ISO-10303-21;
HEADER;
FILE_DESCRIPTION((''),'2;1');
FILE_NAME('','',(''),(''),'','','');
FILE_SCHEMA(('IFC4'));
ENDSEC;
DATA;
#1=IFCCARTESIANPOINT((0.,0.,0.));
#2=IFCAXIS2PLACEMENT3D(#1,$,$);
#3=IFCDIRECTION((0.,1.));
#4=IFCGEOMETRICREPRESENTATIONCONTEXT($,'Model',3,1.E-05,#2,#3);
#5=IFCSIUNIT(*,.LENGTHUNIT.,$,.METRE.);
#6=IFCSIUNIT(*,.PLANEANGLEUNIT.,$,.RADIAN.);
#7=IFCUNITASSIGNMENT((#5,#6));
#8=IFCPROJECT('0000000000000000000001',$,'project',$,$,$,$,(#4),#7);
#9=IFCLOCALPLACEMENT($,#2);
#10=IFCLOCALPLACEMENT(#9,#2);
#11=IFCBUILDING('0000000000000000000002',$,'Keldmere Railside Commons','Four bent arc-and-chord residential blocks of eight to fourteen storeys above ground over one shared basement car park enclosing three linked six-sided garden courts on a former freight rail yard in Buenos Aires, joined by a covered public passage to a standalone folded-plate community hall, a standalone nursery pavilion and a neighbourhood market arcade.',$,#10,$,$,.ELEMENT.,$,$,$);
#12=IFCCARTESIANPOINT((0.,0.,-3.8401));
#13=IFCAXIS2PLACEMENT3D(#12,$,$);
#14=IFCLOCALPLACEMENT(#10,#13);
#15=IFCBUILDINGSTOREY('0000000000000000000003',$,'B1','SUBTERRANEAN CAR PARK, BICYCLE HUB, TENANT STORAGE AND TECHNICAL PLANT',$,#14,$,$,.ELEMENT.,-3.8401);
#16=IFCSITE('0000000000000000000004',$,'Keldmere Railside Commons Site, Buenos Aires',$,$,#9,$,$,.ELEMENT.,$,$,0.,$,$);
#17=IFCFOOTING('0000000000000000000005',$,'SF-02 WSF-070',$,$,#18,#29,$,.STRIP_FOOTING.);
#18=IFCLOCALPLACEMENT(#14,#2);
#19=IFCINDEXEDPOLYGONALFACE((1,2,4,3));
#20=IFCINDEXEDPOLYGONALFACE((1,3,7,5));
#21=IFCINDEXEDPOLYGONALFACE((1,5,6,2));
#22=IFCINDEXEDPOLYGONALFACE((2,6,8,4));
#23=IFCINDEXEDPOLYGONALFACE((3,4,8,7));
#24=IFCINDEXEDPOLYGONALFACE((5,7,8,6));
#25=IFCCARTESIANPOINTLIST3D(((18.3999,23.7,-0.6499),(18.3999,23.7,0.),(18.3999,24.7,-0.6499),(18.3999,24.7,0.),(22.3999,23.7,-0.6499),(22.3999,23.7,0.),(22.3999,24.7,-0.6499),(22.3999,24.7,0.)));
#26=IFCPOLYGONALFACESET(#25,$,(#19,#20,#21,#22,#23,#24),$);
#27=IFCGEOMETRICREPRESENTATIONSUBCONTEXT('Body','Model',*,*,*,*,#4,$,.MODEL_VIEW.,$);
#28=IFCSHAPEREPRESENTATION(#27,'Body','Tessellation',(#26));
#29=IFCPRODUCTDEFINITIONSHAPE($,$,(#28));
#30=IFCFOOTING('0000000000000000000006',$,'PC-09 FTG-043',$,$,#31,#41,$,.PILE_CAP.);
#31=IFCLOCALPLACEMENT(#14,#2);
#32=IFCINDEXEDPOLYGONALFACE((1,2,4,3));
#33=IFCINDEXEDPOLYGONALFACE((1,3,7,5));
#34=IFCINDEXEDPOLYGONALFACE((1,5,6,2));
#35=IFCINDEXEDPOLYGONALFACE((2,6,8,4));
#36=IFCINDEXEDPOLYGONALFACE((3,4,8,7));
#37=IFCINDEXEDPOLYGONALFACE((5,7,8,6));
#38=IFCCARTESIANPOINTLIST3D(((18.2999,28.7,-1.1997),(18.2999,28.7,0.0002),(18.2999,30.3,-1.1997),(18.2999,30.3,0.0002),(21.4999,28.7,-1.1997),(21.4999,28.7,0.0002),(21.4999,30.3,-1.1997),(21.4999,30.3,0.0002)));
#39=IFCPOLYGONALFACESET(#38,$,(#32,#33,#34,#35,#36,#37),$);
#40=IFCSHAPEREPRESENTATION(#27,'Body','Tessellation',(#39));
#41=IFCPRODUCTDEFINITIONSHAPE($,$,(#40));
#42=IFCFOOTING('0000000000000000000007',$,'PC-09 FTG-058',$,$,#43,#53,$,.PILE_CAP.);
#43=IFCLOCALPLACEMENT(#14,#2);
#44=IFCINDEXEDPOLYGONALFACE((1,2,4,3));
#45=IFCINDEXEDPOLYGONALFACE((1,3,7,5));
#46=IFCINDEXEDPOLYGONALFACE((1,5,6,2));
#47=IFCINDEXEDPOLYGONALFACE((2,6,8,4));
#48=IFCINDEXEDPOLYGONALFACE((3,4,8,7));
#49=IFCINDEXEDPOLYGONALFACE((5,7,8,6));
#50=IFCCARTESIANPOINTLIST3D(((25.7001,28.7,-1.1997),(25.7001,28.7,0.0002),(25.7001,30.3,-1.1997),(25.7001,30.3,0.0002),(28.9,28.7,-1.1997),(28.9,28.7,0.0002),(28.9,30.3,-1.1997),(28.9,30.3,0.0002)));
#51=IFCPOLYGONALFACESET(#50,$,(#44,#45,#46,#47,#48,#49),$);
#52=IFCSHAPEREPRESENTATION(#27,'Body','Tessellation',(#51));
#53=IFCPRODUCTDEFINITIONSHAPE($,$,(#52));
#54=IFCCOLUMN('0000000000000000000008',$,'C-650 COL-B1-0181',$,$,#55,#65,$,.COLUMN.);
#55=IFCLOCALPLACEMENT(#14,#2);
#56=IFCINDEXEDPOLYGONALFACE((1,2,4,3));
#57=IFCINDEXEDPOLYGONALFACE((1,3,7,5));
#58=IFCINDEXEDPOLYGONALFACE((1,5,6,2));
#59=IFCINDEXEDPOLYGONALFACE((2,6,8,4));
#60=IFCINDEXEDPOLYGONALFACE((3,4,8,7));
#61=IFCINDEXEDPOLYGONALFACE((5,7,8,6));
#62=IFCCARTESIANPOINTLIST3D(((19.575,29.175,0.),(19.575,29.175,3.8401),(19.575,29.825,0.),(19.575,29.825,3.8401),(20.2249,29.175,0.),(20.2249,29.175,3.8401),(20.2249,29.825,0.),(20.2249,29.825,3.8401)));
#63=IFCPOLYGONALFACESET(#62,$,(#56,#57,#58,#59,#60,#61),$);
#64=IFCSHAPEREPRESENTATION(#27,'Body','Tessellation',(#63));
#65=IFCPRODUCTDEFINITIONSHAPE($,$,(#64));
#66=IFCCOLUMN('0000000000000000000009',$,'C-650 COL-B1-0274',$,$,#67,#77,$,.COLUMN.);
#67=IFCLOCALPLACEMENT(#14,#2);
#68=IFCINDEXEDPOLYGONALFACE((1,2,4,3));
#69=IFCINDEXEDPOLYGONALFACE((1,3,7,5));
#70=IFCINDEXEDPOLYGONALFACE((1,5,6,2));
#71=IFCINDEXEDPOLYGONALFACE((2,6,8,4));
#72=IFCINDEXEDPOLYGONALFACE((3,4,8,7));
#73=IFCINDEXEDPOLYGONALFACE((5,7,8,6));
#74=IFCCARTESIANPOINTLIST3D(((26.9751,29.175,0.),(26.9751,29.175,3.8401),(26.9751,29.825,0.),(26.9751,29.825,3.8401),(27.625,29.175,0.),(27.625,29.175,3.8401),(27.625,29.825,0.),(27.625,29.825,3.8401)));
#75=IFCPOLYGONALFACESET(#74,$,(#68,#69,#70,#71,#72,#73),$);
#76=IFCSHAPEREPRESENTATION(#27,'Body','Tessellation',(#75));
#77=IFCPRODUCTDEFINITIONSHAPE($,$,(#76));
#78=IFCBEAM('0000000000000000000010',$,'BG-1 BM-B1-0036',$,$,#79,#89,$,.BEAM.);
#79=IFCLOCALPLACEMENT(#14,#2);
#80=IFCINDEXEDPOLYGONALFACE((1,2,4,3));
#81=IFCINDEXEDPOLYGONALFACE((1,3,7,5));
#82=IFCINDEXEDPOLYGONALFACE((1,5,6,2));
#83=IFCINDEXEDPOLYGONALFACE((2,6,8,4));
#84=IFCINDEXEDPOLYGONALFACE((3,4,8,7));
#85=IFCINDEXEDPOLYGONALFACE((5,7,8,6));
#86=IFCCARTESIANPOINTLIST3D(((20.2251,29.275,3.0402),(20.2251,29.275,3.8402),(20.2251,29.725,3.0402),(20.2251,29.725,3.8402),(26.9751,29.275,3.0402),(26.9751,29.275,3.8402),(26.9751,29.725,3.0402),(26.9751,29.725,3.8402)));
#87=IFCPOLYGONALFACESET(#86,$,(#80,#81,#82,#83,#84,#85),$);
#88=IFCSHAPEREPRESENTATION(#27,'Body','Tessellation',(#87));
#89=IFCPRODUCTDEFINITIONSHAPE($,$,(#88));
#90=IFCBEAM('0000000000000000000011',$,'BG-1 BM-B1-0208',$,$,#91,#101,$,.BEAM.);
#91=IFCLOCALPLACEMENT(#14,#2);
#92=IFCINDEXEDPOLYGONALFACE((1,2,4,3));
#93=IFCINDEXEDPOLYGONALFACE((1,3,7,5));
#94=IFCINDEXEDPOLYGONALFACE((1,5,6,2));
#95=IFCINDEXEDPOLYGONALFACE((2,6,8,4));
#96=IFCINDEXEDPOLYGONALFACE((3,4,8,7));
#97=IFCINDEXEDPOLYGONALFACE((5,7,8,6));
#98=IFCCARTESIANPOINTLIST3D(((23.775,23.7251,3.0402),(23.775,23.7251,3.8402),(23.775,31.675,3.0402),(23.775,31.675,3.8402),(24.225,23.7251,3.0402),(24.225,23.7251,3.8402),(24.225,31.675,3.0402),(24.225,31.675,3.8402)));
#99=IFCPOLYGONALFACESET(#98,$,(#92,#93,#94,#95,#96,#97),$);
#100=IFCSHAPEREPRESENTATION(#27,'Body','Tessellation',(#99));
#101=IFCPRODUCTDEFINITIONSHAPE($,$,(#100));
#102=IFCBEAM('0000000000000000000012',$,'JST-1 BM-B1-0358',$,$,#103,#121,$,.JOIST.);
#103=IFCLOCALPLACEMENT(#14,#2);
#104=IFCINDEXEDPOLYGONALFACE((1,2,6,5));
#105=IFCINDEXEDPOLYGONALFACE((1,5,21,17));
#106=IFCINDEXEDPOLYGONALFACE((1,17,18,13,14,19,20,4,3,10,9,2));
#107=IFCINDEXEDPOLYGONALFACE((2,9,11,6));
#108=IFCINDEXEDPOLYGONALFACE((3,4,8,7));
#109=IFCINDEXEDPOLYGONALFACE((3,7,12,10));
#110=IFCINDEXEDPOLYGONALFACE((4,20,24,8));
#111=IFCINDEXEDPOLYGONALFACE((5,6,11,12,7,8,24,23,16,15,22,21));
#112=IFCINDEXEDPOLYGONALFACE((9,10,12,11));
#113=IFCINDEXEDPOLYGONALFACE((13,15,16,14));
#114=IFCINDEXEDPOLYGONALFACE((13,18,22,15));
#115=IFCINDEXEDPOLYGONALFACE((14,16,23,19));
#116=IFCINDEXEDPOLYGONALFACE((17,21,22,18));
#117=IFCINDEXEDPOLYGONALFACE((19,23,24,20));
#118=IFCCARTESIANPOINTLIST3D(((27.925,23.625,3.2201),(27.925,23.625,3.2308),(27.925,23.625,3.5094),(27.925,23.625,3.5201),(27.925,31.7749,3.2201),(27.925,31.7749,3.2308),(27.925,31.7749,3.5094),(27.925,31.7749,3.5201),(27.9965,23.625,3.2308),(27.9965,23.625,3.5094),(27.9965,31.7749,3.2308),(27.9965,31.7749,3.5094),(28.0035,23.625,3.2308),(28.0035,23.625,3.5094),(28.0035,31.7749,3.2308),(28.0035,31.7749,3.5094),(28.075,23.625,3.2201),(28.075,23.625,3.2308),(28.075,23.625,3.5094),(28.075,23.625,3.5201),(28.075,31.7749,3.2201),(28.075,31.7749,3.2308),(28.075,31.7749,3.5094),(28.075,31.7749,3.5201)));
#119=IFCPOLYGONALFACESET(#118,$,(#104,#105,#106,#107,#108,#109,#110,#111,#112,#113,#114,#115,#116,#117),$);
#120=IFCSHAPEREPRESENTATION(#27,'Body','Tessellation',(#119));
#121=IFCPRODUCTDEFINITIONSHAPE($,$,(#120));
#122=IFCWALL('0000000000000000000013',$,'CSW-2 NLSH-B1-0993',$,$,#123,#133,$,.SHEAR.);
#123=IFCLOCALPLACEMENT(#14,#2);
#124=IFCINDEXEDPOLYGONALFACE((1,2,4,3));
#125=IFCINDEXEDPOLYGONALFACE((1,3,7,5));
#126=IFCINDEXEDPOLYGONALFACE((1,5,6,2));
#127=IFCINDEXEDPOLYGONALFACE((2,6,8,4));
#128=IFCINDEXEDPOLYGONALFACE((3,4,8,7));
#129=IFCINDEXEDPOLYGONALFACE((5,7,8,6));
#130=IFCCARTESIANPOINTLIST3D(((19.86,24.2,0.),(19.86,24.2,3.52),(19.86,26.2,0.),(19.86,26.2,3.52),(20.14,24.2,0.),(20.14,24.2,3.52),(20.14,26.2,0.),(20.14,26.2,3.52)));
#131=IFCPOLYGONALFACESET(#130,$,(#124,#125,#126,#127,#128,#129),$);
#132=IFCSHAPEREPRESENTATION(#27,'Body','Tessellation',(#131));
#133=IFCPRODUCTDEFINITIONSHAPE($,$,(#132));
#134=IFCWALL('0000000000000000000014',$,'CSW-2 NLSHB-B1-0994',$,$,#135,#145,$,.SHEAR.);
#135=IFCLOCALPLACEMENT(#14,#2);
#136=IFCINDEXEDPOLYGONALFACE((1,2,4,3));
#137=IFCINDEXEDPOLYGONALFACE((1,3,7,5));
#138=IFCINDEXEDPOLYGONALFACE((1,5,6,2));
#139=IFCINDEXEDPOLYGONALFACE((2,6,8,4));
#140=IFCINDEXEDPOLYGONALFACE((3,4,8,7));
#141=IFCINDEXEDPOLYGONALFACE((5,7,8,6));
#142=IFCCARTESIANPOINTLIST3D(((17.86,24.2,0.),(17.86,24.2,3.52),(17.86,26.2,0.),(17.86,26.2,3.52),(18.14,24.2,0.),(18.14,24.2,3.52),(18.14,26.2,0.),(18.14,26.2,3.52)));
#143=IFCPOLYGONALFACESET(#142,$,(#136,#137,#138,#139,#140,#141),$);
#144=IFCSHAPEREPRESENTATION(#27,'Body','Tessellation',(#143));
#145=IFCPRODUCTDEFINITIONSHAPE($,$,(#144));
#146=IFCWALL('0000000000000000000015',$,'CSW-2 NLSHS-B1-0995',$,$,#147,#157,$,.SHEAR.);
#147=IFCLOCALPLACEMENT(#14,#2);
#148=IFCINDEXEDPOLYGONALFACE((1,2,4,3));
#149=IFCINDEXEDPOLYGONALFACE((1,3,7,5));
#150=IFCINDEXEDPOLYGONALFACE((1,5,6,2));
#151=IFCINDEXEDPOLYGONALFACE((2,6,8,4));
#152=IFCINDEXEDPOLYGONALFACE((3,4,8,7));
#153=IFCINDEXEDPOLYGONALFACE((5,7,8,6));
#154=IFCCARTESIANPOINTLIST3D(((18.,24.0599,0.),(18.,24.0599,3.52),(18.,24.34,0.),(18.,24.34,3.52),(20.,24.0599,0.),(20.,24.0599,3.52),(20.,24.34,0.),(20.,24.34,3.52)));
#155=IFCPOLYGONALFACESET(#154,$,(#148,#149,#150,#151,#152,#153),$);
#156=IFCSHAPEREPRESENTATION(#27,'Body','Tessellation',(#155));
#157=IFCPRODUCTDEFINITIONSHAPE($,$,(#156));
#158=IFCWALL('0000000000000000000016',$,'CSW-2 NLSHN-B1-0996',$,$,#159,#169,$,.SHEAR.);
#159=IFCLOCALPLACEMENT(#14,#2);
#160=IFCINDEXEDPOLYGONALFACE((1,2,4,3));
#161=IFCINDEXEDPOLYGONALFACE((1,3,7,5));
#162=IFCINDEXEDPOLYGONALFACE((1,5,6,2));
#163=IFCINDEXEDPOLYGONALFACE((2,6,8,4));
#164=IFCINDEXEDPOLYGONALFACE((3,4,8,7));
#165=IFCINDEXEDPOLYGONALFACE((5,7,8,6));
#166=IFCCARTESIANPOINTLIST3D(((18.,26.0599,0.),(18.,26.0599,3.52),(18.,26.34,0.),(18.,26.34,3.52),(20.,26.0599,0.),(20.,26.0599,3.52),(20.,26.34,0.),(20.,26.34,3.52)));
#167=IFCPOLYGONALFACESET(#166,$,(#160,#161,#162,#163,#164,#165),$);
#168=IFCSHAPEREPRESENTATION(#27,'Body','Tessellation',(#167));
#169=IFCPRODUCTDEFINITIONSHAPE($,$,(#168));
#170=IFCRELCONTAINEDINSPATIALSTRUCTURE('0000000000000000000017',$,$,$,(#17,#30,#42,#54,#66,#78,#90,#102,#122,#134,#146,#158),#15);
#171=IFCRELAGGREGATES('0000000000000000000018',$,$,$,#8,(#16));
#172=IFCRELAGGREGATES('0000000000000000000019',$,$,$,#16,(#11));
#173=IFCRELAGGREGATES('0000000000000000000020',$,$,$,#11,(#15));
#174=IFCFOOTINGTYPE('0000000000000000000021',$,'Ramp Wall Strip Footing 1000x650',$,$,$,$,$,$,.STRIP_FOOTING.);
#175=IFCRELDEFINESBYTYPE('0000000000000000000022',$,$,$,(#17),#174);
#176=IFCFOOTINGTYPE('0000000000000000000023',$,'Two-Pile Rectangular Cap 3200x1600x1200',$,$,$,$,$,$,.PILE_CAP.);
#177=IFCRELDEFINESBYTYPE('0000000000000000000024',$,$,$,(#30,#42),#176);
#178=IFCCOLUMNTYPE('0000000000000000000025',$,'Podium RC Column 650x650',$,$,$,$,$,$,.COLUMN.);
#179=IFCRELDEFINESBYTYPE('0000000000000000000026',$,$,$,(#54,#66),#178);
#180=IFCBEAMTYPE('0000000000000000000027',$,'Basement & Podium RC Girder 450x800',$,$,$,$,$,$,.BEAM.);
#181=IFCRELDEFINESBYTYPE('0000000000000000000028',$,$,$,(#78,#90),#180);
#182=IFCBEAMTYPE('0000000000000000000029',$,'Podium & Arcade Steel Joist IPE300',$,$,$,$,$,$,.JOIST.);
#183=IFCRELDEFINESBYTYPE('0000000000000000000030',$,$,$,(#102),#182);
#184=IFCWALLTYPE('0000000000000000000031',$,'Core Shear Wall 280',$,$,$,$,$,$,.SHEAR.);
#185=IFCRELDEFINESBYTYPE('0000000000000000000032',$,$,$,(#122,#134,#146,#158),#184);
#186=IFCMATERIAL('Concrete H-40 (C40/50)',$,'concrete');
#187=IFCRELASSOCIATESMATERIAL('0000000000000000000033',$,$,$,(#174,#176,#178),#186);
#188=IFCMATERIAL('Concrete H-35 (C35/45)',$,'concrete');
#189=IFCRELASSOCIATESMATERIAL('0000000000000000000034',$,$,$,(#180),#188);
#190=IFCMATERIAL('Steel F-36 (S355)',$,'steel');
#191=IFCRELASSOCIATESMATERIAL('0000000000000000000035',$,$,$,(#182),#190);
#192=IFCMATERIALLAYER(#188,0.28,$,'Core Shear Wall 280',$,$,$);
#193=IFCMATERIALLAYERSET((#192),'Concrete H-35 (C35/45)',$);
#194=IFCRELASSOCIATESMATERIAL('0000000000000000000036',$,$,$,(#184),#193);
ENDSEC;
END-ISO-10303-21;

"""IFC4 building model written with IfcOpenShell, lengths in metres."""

from ifc_helpers import new_model, si_unit, direction, frame, frame_2d, origin, origin_2d, place, context, subcontext, project, spatial, rectangle, i_section, extrude, material, layer, layer_set, material_profile, profile_set, type_object, element, save


model = new_model("IFC4")

# Units and contexts
model_context = context("Model", 3, precision=1e-05, world=origin(), true_north=direction((0.0, 1.0)))
body_context = subcontext(model_context, "Body", "Model", "MODEL_VIEW")
ifc_project = project(units=[si_unit("LENGTHUNIT", "METRE"), si_unit("PLANEANGLEUNIT", "RADIAN")], contexts=[model_context])

# Site, building, storey
site_placement = place(None, origin())
site = spatial("IfcSite", under=ifc_project, at=site_placement, Name="Keldmere Railside Commons Site, Buenos Aires", CompositionType="ELEMENT", RefElevation=0.0)
building_placement = place(site_placement, origin())
building = spatial("IfcBuilding", under=site, at=building_placement, Name="Keldmere Railside Commons", Description="Four bent arc-and-chord residential blocks of eight to fourteen storeys above ground over one shared basement car park enclosing three linked six-sided garden courts on a former freight rail yard in Buenos Aires, joined by a covered public passage to a standalone folded-plate community hall, a standalone nursery pavilion and a neighbourhood market arcade.", CompositionType="ELEMENT")
storey_placement = place(building_placement, frame((0.0, 0.0, -3.8401)))
storey = spatial("IfcBuildingStorey", under=building, at=storey_placement, Name="B1", Description="SUBTERRANEAN CAR PARK, BICYCLE HUB, TENANT STORAGE AND TECHNICAL PLANT", CompositionType="ELEMENT", Elevation=-3.8401)

# Footings
ifc_material_1 = material(Name="Concrete H-40 (C40/50)", Category="concrete")
footing_type_1 = type_object("IfcFootingType", Name="Ramp Wall Strip Footing 1000x650", PredefinedType="STRIP_FOOTING", material=ifc_material_1)
footing_1_placement = place(storey_placement, frame((20.3999, 24.2, -0.6499), z_axis=(0.0, 0.0, 1.0), x_axis=(1.0, 0.0, 0.0)))
element("IfcFooting", 1, at=footing_1_placement, inside=storey, type_object=footing_type_1, Name="SF-02 WSF-070", PredefinedType="STRIP_FOOTING", context=body_context, shape_type="SweptSolid", body=[
    extrude(rectangle(XDim=4.0, YDim=1.0, at=origin_2d()), origin(), (0.0, 0.0, 1.0), 0.6499),
])
footing_type_2 = type_object("IfcFootingType", Name="Two-Pile Rectangular Cap 3200x1600x1200", PredefinedType="PILE_CAP", material=ifc_material_1)
for number, where, z_axis, x_axis, name in (
    (2, (19.8999, 29.5, -1.1997), (0.0, 0.0, 1.0), (1.0, 0.0, 0.0), "PC-09 FTG-043"),
    (3, (27.3, 29.5, -1.1997), (0.0, 0.0, 1.0), (1.0, 0.0, 0.0), "PC-09 FTG-058"),
):
    element("IfcFooting", number, at=place(storey_placement, frame(where, z_axis=z_axis, x_axis=x_axis)), inside=storey, type_object=footing_type_2, Name=name, PredefinedType="PILE_CAP", context=body_context, shape_type="SweptSolid", body=[
        extrude(rectangle(XDim=3.2, YDim=1.6001, at=origin_2d()), origin(), (0.0, 0.0, 1.0), 1.2),
    ])

# Columns
ifc_material_profile_1 = material_profile(ifc_material_1, rectangle(XDim=0.6499, YDim=0.6499, at=origin_2d()), Name="RC-650x650")
ifc_profile_set_1 = profile_set([ifc_material_profile_1], Name="Concrete H-40 (C40/50)")
column_type = type_object("IfcColumnType", Name="Podium RC Column 650x650", PredefinedType="COLUMN", material=ifc_profile_set_1)
for number, where, z_axis, x_axis, name in (
    (4, (19.8999, 29.5, 0.0), (0.0, 0.0, 1.0), (1.0, 0.0, 0.0), "C-650 COL-B1-0181"),
    (5, (27.3, 29.5, 0.0), (0.0, 0.0, 1.0), (1.0, 0.0, 0.0), "C-650 COL-B1-0274"),
):
    element("IfcColumn", number, at=place(storey_placement, frame(where, z_axis=z_axis, x_axis=x_axis)), inside=storey, type_object=column_type, Name=name, PredefinedType="COLUMN", context=body_context, shape_type="SweptSolid", body=[
        extrude(rectangle(XDim=0.6499, YDim=0.6499, at=origin_2d()), origin(), (0.0, 0.0, 1.0), 3.8401),
    ])

# Beams
ifc_material_2 = material(Name="Concrete H-35 (C35/45)", Category="concrete")
ifc_material_profile_2 = material_profile(ifc_material_2, rectangle(XDim=0.45, YDim=0.8, at=origin_2d()), Name="RC-450x800")
ifc_profile_set_2 = profile_set([ifc_material_profile_2], Name="Concrete H-35 (C35/45)")
beam_type_1 = type_object("IfcBeamType", Name="Basement & Podium RC Girder 450x800", PredefinedType="BEAM", material=ifc_profile_set_2)
beam_1_placement = place(storey_placement, frame((20.2251, 29.5, 3.4402), z_axis=(1.0, 0.0, 0.0), x_axis=(0.0, 1.0, 0.0)))
element("IfcBeam", 6, at=beam_1_placement, inside=storey, type_object=beam_type_1, Name="BG-1 BM-B1-0036", PredefinedType="BEAM", context=body_context, shape_type="SweptSolid", body=[
    extrude(rectangle(XDim=0.45, YDim=0.8, at=origin_2d()), origin(), (0.0, 0.0, 1.0), 6.75),
])
beam_2_placement = place(storey_placement, frame((24.0, 23.7251, 3.4402), z_axis=(0.0, 1.0, 0.0), x_axis=(-1.0, 0.0, 0.0)))
element("IfcBeam", 7, at=beam_2_placement, inside=storey, type_object=beam_type_1, Name="BG-1 BM-B1-0208", PredefinedType="BEAM", context=body_context, shape_type="SweptSolid", body=[
    extrude(rectangle(XDim=0.45, YDim=0.8, at=origin_2d()), origin(), (0.0, 0.0, 1.0), 7.95),
])
ifc_material_3 = material(Name="Steel F-36 (S355)", Category="steel")
ifc_material_profile_3 = material_profile(ifc_material_3, i_section(OverallWidth=0.1499, OverallDepth=0.3, WebThickness=0.0071, FlangeThickness=0.0107, at=origin_2d()), Name="IPE-300")
ifc_profile_set_3 = profile_set([ifc_material_profile_3], Name="Steel F-36 (S355)")
beam_type_2 = type_object("IfcBeamType", Name="Podium & Arcade Steel Joist IPE300", PredefinedType="JOIST", material=ifc_profile_set_3)
beam_3_placement = place(storey_placement, frame((28.0, 23.625, 3.3701), z_axis=(0.0, 1.0, 0.0), x_axis=(-1.0, 0.0, 0.0)))
element("IfcBeam", 8, at=beam_3_placement, inside=storey, type_object=beam_type_2, Name="JST-1 BM-B1-0358", PredefinedType="JOIST", context=body_context, shape_type="SweptSolid", body=[
    extrude(i_section(OverallWidth=0.1499, OverallDepth=0.3, WebThickness=0.0071, FlangeThickness=0.0107, at=origin_2d()), origin(), (0.0, 0.0, 1.0), 8.1499),
])

# Walls
ifc_layer = layer(ifc_material_2, 0.28, Name="Core Shear Wall 280")
ifc_layer_set = layer_set([ifc_layer], Name="Concrete H-35 (C35/45)")
wall_type = type_object("IfcWallType", Name="Core Shear Wall 280", PredefinedType="SHEAR", material=ifc_layer_set)
for number, where, z_axis, x_axis, name in (
    (9, (20.0, 24.2, 0.0), (0.0, 0.0, 1.0), (0.0, 1.0, 0.0), "CSW-2 NLSH-B1-0993"),
    (10, (18.0, 24.2, 0.0), (0.0, 0.0, 1.0), (0.0, 1.0, 0.0), "CSW-2 NLSHB-B1-0994"),
    (11, (18.0, 24.2, 0.0), (0.0, 0.0, 1.0), (1.0, 0.0, 0.0), "CSW-2 NLSHS-B1-0995"),
    (12, (18.0, 26.2, 0.0), (0.0, 0.0, 1.0), (1.0, 0.0, 0.0), "CSW-2 NLSHN-B1-0996"),
):
    element("IfcWall", number, at=place(storey_placement, frame(where, z_axis=z_axis, x_axis=x_axis)), inside=storey, type_object=wall_type, Name=name, PredefinedType="SHEAR", context=body_context, shape_type="SweptSolid", body=[
        extrude(rectangle(XDim=2.0, YDim=0.28, at=frame_2d((1.0, 0.0))), origin(), (0.0, 0.0, 1.0), 3.52),
    ])

save(model, "model.ifc")
